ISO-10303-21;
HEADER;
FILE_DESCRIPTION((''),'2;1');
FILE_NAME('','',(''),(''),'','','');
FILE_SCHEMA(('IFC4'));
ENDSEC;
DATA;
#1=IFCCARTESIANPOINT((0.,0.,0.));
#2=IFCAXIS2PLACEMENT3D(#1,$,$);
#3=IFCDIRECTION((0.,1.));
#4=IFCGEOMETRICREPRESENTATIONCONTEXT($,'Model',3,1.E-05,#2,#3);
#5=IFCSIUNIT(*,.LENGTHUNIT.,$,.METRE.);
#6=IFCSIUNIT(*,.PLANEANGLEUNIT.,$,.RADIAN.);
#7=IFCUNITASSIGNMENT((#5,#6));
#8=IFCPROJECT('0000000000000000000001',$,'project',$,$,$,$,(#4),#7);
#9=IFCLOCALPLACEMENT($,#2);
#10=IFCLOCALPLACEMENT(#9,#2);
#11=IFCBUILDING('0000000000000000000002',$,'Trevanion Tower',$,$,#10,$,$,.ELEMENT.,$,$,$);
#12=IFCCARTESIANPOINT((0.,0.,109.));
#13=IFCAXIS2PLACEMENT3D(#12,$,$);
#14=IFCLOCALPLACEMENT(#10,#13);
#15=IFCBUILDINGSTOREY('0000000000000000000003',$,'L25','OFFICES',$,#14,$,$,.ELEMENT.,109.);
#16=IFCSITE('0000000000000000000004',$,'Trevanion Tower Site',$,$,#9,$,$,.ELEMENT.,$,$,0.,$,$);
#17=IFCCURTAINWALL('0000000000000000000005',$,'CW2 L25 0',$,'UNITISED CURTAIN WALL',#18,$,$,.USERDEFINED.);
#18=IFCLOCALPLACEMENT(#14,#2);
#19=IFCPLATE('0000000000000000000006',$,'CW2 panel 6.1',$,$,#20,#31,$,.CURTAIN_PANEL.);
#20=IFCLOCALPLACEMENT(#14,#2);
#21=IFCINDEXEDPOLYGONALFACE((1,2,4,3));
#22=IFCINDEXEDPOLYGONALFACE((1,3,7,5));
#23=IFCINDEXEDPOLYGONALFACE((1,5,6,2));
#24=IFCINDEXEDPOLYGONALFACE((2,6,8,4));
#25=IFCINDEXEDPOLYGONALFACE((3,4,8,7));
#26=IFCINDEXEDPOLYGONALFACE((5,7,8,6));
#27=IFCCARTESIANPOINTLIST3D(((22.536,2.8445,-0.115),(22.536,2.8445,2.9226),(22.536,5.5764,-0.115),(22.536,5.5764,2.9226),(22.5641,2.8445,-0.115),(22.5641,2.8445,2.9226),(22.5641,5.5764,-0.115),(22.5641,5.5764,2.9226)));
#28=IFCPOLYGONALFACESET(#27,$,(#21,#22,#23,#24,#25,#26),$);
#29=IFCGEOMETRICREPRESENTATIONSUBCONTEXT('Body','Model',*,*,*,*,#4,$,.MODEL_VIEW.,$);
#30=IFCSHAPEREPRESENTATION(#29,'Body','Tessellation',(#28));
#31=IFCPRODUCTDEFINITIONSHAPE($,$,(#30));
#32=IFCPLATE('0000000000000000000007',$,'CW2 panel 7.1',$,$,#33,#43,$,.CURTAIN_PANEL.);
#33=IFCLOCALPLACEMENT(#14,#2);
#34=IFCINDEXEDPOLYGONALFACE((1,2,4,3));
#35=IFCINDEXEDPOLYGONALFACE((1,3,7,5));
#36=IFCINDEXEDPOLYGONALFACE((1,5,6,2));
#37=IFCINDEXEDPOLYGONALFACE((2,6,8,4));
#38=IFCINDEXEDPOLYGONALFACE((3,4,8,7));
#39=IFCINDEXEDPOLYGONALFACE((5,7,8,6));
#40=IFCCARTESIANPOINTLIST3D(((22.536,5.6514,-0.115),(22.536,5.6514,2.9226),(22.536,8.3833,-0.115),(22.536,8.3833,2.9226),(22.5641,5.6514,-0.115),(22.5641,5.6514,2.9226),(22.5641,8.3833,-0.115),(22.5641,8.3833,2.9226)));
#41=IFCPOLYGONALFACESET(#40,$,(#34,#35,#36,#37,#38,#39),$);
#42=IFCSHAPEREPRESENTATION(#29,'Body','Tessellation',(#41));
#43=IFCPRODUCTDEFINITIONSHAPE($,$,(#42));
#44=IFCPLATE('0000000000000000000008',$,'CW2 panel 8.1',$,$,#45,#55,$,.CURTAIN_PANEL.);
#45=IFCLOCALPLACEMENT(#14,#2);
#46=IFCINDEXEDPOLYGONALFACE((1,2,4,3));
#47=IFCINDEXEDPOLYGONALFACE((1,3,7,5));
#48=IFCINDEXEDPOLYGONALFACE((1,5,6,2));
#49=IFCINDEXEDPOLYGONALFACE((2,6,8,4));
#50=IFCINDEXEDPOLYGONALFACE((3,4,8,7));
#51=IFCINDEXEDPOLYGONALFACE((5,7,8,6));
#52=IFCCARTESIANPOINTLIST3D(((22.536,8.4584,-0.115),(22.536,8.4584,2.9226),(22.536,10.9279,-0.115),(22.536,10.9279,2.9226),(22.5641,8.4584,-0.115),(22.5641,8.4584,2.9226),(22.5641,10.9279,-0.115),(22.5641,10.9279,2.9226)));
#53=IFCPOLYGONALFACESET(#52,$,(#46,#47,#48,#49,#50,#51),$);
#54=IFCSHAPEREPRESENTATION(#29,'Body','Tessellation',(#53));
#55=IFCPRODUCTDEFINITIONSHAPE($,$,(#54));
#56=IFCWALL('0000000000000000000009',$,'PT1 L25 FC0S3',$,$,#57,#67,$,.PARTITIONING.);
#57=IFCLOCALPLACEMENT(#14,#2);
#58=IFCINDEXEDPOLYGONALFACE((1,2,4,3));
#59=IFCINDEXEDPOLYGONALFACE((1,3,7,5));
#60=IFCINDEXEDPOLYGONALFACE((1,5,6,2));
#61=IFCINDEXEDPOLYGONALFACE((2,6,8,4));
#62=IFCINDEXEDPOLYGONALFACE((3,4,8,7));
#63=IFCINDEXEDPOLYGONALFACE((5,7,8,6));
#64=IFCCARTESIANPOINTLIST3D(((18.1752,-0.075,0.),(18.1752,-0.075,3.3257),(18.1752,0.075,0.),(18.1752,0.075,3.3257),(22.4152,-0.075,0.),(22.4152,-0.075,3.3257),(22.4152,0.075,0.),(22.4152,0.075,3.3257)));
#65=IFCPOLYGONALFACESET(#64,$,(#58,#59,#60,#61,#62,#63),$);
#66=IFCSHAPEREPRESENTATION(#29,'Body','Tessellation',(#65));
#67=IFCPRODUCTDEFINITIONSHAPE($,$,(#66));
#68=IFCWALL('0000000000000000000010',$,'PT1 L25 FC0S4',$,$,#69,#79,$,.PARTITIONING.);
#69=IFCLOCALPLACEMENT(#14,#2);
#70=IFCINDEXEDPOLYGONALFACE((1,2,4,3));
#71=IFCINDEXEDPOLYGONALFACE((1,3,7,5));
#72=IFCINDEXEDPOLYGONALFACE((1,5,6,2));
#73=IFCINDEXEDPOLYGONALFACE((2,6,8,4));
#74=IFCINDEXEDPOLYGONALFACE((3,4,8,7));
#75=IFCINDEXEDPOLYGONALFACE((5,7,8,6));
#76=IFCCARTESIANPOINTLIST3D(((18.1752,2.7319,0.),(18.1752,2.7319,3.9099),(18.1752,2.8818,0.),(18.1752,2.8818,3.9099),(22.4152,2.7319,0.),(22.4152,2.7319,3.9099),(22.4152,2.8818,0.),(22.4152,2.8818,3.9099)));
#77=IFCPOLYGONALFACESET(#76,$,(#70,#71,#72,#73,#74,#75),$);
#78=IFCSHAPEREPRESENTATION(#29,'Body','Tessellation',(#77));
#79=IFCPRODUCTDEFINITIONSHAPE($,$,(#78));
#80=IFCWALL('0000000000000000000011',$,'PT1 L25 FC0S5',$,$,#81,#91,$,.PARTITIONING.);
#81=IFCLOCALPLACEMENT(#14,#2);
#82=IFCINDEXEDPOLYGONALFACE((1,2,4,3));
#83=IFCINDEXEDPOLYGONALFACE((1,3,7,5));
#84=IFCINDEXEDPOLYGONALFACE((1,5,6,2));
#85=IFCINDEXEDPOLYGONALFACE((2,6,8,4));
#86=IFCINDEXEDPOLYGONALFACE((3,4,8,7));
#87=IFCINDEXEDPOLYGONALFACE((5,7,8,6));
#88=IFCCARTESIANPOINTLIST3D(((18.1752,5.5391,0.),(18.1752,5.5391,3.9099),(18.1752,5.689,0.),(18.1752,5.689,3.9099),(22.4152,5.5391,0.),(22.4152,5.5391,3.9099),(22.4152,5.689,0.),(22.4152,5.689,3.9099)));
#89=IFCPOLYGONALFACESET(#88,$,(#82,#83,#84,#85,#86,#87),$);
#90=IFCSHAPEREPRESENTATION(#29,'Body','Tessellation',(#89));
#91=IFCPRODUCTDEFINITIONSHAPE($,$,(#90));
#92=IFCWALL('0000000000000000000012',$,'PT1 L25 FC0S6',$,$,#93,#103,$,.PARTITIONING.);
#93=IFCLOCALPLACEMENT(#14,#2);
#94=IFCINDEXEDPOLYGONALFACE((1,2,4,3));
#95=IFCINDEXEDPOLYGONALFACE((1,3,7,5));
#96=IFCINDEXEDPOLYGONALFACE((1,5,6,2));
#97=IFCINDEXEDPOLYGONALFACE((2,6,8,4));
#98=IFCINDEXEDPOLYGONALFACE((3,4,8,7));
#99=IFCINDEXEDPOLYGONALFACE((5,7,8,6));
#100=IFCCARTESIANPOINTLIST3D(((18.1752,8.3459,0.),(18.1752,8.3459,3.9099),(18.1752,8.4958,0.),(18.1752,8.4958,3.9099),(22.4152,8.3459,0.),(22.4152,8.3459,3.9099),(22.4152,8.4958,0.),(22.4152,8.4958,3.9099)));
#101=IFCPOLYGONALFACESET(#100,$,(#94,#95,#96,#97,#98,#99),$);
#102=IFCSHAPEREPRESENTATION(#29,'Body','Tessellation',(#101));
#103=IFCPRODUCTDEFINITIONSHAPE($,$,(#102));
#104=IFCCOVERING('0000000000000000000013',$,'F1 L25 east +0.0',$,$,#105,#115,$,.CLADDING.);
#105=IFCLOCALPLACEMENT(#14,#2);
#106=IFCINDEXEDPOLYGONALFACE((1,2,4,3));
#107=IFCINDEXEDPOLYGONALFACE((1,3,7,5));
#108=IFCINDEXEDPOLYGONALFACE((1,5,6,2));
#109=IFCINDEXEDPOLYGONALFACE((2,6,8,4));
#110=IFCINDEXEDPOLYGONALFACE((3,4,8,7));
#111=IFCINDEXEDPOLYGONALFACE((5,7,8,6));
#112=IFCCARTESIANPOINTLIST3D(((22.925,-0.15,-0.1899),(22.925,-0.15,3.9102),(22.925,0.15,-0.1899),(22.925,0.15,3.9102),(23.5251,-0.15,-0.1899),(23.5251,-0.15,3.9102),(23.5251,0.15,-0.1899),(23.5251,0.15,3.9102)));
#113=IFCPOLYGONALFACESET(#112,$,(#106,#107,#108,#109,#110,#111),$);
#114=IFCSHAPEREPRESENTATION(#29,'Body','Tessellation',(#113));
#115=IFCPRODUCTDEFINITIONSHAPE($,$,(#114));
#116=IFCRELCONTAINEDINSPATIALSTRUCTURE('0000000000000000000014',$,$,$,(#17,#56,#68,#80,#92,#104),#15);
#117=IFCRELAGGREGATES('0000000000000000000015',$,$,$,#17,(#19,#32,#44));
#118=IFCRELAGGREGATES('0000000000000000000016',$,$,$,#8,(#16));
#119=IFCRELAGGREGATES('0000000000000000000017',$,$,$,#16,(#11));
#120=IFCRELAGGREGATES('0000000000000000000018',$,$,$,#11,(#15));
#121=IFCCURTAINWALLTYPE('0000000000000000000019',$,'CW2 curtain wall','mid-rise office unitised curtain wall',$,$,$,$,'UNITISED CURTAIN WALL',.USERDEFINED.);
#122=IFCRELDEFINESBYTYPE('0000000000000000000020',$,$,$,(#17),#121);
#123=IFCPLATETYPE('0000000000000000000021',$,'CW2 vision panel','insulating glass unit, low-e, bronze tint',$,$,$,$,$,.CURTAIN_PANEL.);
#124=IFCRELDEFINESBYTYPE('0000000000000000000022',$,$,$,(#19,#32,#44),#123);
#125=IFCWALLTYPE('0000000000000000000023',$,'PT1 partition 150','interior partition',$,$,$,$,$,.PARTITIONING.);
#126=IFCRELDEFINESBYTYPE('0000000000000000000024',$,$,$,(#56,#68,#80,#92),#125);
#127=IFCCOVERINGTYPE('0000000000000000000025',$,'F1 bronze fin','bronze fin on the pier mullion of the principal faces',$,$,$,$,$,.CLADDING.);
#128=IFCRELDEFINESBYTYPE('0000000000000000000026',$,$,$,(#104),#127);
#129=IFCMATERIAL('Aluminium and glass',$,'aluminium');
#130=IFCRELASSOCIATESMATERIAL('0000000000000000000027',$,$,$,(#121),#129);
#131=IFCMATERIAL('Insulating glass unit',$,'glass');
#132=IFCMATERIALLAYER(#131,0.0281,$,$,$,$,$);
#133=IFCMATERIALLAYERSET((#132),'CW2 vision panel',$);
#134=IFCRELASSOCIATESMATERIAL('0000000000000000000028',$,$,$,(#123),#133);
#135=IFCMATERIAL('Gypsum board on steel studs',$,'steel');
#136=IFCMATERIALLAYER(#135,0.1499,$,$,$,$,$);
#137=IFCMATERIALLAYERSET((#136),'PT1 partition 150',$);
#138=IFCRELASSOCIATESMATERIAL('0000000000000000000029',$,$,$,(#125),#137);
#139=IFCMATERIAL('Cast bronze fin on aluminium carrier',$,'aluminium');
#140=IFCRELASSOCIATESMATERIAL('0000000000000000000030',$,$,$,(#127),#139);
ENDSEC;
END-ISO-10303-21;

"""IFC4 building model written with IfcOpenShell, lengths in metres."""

from ifc_helpers import new_model, si_unit, direction, frame, frame_2d, origin, origin_2d, place, context, subcontext, project, spatial, rectangle, extrude, material, layer, layer_set, type_object, element, aggregate, save


model = new_model("IFC4")

# Units and contexts
model_context = context("Model", 3, precision=1e-05, world=origin(), true_north=direction((0.0, 1.0)))
body_context = subcontext(model_context, "Body", "Model", "MODEL_VIEW")
ifc_project = project(units=[si_unit("LENGTHUNIT", "METRE"), si_unit("PLANEANGLEUNIT", "RADIAN")], contexts=[model_context])

# Site, building, storey
site_placement = place(None, origin())
site = spatial("IfcSite", under=ifc_project, at=site_placement, Name="Trevanion Tower Site", CompositionType="ELEMENT", RefElevation=0.0)
building_placement = place(site_placement, origin())
building = spatial("IfcBuilding", under=site, at=building_placement, Name="Trevanion Tower", CompositionType="ELEMENT")
storey_placement = place(building_placement, frame((0.0, 0.0, 109.0)))
storey = spatial("IfcBuildingStorey", under=building, at=storey_placement, Name="L25", Description="OFFICES", CompositionType="ELEMENT", Elevation=109.0)

# Curtain wall
ifc_material_1 = material(Name="Aluminium and glass", Category="aluminium")
curtain_wall_type = type_object("IfcCurtainWallType", Name="CW2 curtain wall", Description="mid-rise office unitised curtain wall", ElementType="UNITISED CURTAIN WALL", PredefinedType="USERDEFINED", material=ifc_material_1)
curtain_wall_placement = place(storey_placement, origin())
curtain_wall = element("IfcCurtainWall", 1, at=curtain_wall_placement, inside=storey, type_object=curtain_wall_type, Name="CW2 L25 0", ObjectType="UNITISED CURTAIN WALL", PredefinedType="USERDEFINED")

# Plates
ifc_material_2 = material(Name="Insulating glass unit", Category="glass")
ifc_layer_1 = layer(ifc_material_2, 0.0281)
ifc_layer_set_1 = layer_set([ifc_layer_1], Name="CW2 vision panel")
plate_type_1 = type_object("IfcPlateType", Name="CW2 vision panel", Description="insulating glass unit, low-e, bronze tint", PredefinedType="CURTAIN_PANEL", material=ifc_layer_set_1)
plate_1_placement = place(storey_placement, frame((22.55, 4.2104, -0.115), z_axis=(0.0, 0.0, 1.0), x_axis=(0.0, 1.0, 0.0)))
plate_1 = element("IfcPlate", 2, at=plate_1_placement, type_object=plate_type_1, Name="CW2 panel 6.1", PredefinedType="CURTAIN_PANEL", context=body_context, shape_type="SweptSolid", body=[
    extrude(rectangle(XDim=2.7319, YDim=0.0281, at=origin_2d()), origin(), (0.0, 0.0, 1.0), 3.0376),
])
plate_2_placement = place(storey_placement, frame((22.55, 7.0173, -0.115), z_axis=(0.0, 0.0, 1.0), x_axis=(0.0, 1.0, 0.0)))
plate_2 = element("IfcPlate", 3, at=plate_2_placement, type_object=plate_type_1, Name="CW2 panel 7.1", PredefinedType="CURTAIN_PANEL", context=body_context, shape_type="SweptSolid", body=[
    extrude(rectangle(XDim=2.7319, YDim=0.0281, at=origin_2d()), origin(), (0.0, 0.0, 1.0), 3.0376),
])
plate_3_placement = place(storey_placement, frame((22.55, 9.6931, -0.115), z_axis=(0.0, 0.0, 1.0), x_axis=(0.0, 1.0, 0.0)))
plate_3 = element("IfcPlate", 4, at=plate_3_placement, type_object=plate_type_1, Name="CW2 panel 8.1", PredefinedType="CURTAIN_PANEL", context=body_context, shape_type="SweptSolid", body=[
    extrude(rectangle(XDim=2.4695, YDim=0.0281, at=origin_2d()), origin(), (0.0, 0.0, 1.0), 3.0376),
])
aggregate(curtain_wall, [plate_1, plate_2, plate_3])

# Walls
ifc_material_3 = material(Name="Gypsum board on steel studs", Category="steel")
ifc_layer_2 = layer(ifc_material_3, 0.1499)
ifc_layer_set_2 = layer_set([ifc_layer_2], Name="PT1 partition 150")
wall_type = type_object("IfcWallType", Name="PT1 partition 150", Description="interior partition", PredefinedType="PARTITIONING", material=ifc_layer_set_2)
wall_placement = place(storey_placement, frame((18.175, 0.0, 0.0), z_axis=(0.0, 0.0, 1.0), x_axis=(1.0, 0.0, 0.0)))
element("IfcWall", 5, at=wall_placement, inside=storey, type_object=wall_type, Name="PT1 L25 FC0S3", PredefinedType="PARTITIONING", context=body_context, shape_type="SweptSolid", body=[
    extrude(rectangle(XDim=4.24, YDim=0.1499, at=frame_2d((2.1201, 0.0))), origin(), (0.0, 0.0, 1.0), 3.3257),
])
for number, where, z_axis, x_axis, name in (
    (6, (18.175, 2.8069, 0.0), (0.0, 0.0, 1.0), (1.0, 0.0, 0.0), "PT1 L25 FC0S4"),
    (7, (18.175, 5.614, 0.0), (0.0, 0.0, 1.0), (1.0, 0.0, 0.0), "PT1 L25 FC0S5"),
    (8, (18.175, 8.4209, 0.0), (0.0, 0.0, 1.0), (1.0, 0.0, 0.0), "PT1 L25 FC0S6"),
):
    element("IfcWall", number, at=place(storey_placement, frame(where, z_axis=z_axis, x_axis=x_axis)), inside=storey, type_object=wall_type, Name=name, PredefinedType="PARTITIONING", context=body_context, shape_type="SweptSolid", body=[
        extrude(rectangle(XDim=4.24, YDim=0.1499, at=frame_2d((2.1201, 0.0))), origin(), (0.0, 0.0, 1.0), 3.9099),
    ])

# Covering
ifc_material_4 = material(Name="Cast bronze fin on aluminium carrier", Category="aluminium")
covering_type = type_object("IfcCoveringType", Name="F1 bronze fin", Description="bronze fin on the pier mullion of the principal faces", PredefinedType="CLADDING", material=ifc_material_4)
covering_placement = place(storey_placement, frame((23.2251, 0.0, -0.1899), z_axis=(0.0, 0.0, 1.0), x_axis=(0.0, 1.0, 0.0)))
element("IfcCovering", 9, at=covering_placement, inside=storey, type_object=covering_type, Name="F1 L25 east +0.0", PredefinedType="CLADDING", context=body_context, shape_type="SweptSolid", body=[
    extrude(rectangle(XDim=0.3, YDim=0.6001, at=origin_2d()), origin(), (0.0, 0.0, 1.0), 4.1001),
])

save(model, "model.ifc")
